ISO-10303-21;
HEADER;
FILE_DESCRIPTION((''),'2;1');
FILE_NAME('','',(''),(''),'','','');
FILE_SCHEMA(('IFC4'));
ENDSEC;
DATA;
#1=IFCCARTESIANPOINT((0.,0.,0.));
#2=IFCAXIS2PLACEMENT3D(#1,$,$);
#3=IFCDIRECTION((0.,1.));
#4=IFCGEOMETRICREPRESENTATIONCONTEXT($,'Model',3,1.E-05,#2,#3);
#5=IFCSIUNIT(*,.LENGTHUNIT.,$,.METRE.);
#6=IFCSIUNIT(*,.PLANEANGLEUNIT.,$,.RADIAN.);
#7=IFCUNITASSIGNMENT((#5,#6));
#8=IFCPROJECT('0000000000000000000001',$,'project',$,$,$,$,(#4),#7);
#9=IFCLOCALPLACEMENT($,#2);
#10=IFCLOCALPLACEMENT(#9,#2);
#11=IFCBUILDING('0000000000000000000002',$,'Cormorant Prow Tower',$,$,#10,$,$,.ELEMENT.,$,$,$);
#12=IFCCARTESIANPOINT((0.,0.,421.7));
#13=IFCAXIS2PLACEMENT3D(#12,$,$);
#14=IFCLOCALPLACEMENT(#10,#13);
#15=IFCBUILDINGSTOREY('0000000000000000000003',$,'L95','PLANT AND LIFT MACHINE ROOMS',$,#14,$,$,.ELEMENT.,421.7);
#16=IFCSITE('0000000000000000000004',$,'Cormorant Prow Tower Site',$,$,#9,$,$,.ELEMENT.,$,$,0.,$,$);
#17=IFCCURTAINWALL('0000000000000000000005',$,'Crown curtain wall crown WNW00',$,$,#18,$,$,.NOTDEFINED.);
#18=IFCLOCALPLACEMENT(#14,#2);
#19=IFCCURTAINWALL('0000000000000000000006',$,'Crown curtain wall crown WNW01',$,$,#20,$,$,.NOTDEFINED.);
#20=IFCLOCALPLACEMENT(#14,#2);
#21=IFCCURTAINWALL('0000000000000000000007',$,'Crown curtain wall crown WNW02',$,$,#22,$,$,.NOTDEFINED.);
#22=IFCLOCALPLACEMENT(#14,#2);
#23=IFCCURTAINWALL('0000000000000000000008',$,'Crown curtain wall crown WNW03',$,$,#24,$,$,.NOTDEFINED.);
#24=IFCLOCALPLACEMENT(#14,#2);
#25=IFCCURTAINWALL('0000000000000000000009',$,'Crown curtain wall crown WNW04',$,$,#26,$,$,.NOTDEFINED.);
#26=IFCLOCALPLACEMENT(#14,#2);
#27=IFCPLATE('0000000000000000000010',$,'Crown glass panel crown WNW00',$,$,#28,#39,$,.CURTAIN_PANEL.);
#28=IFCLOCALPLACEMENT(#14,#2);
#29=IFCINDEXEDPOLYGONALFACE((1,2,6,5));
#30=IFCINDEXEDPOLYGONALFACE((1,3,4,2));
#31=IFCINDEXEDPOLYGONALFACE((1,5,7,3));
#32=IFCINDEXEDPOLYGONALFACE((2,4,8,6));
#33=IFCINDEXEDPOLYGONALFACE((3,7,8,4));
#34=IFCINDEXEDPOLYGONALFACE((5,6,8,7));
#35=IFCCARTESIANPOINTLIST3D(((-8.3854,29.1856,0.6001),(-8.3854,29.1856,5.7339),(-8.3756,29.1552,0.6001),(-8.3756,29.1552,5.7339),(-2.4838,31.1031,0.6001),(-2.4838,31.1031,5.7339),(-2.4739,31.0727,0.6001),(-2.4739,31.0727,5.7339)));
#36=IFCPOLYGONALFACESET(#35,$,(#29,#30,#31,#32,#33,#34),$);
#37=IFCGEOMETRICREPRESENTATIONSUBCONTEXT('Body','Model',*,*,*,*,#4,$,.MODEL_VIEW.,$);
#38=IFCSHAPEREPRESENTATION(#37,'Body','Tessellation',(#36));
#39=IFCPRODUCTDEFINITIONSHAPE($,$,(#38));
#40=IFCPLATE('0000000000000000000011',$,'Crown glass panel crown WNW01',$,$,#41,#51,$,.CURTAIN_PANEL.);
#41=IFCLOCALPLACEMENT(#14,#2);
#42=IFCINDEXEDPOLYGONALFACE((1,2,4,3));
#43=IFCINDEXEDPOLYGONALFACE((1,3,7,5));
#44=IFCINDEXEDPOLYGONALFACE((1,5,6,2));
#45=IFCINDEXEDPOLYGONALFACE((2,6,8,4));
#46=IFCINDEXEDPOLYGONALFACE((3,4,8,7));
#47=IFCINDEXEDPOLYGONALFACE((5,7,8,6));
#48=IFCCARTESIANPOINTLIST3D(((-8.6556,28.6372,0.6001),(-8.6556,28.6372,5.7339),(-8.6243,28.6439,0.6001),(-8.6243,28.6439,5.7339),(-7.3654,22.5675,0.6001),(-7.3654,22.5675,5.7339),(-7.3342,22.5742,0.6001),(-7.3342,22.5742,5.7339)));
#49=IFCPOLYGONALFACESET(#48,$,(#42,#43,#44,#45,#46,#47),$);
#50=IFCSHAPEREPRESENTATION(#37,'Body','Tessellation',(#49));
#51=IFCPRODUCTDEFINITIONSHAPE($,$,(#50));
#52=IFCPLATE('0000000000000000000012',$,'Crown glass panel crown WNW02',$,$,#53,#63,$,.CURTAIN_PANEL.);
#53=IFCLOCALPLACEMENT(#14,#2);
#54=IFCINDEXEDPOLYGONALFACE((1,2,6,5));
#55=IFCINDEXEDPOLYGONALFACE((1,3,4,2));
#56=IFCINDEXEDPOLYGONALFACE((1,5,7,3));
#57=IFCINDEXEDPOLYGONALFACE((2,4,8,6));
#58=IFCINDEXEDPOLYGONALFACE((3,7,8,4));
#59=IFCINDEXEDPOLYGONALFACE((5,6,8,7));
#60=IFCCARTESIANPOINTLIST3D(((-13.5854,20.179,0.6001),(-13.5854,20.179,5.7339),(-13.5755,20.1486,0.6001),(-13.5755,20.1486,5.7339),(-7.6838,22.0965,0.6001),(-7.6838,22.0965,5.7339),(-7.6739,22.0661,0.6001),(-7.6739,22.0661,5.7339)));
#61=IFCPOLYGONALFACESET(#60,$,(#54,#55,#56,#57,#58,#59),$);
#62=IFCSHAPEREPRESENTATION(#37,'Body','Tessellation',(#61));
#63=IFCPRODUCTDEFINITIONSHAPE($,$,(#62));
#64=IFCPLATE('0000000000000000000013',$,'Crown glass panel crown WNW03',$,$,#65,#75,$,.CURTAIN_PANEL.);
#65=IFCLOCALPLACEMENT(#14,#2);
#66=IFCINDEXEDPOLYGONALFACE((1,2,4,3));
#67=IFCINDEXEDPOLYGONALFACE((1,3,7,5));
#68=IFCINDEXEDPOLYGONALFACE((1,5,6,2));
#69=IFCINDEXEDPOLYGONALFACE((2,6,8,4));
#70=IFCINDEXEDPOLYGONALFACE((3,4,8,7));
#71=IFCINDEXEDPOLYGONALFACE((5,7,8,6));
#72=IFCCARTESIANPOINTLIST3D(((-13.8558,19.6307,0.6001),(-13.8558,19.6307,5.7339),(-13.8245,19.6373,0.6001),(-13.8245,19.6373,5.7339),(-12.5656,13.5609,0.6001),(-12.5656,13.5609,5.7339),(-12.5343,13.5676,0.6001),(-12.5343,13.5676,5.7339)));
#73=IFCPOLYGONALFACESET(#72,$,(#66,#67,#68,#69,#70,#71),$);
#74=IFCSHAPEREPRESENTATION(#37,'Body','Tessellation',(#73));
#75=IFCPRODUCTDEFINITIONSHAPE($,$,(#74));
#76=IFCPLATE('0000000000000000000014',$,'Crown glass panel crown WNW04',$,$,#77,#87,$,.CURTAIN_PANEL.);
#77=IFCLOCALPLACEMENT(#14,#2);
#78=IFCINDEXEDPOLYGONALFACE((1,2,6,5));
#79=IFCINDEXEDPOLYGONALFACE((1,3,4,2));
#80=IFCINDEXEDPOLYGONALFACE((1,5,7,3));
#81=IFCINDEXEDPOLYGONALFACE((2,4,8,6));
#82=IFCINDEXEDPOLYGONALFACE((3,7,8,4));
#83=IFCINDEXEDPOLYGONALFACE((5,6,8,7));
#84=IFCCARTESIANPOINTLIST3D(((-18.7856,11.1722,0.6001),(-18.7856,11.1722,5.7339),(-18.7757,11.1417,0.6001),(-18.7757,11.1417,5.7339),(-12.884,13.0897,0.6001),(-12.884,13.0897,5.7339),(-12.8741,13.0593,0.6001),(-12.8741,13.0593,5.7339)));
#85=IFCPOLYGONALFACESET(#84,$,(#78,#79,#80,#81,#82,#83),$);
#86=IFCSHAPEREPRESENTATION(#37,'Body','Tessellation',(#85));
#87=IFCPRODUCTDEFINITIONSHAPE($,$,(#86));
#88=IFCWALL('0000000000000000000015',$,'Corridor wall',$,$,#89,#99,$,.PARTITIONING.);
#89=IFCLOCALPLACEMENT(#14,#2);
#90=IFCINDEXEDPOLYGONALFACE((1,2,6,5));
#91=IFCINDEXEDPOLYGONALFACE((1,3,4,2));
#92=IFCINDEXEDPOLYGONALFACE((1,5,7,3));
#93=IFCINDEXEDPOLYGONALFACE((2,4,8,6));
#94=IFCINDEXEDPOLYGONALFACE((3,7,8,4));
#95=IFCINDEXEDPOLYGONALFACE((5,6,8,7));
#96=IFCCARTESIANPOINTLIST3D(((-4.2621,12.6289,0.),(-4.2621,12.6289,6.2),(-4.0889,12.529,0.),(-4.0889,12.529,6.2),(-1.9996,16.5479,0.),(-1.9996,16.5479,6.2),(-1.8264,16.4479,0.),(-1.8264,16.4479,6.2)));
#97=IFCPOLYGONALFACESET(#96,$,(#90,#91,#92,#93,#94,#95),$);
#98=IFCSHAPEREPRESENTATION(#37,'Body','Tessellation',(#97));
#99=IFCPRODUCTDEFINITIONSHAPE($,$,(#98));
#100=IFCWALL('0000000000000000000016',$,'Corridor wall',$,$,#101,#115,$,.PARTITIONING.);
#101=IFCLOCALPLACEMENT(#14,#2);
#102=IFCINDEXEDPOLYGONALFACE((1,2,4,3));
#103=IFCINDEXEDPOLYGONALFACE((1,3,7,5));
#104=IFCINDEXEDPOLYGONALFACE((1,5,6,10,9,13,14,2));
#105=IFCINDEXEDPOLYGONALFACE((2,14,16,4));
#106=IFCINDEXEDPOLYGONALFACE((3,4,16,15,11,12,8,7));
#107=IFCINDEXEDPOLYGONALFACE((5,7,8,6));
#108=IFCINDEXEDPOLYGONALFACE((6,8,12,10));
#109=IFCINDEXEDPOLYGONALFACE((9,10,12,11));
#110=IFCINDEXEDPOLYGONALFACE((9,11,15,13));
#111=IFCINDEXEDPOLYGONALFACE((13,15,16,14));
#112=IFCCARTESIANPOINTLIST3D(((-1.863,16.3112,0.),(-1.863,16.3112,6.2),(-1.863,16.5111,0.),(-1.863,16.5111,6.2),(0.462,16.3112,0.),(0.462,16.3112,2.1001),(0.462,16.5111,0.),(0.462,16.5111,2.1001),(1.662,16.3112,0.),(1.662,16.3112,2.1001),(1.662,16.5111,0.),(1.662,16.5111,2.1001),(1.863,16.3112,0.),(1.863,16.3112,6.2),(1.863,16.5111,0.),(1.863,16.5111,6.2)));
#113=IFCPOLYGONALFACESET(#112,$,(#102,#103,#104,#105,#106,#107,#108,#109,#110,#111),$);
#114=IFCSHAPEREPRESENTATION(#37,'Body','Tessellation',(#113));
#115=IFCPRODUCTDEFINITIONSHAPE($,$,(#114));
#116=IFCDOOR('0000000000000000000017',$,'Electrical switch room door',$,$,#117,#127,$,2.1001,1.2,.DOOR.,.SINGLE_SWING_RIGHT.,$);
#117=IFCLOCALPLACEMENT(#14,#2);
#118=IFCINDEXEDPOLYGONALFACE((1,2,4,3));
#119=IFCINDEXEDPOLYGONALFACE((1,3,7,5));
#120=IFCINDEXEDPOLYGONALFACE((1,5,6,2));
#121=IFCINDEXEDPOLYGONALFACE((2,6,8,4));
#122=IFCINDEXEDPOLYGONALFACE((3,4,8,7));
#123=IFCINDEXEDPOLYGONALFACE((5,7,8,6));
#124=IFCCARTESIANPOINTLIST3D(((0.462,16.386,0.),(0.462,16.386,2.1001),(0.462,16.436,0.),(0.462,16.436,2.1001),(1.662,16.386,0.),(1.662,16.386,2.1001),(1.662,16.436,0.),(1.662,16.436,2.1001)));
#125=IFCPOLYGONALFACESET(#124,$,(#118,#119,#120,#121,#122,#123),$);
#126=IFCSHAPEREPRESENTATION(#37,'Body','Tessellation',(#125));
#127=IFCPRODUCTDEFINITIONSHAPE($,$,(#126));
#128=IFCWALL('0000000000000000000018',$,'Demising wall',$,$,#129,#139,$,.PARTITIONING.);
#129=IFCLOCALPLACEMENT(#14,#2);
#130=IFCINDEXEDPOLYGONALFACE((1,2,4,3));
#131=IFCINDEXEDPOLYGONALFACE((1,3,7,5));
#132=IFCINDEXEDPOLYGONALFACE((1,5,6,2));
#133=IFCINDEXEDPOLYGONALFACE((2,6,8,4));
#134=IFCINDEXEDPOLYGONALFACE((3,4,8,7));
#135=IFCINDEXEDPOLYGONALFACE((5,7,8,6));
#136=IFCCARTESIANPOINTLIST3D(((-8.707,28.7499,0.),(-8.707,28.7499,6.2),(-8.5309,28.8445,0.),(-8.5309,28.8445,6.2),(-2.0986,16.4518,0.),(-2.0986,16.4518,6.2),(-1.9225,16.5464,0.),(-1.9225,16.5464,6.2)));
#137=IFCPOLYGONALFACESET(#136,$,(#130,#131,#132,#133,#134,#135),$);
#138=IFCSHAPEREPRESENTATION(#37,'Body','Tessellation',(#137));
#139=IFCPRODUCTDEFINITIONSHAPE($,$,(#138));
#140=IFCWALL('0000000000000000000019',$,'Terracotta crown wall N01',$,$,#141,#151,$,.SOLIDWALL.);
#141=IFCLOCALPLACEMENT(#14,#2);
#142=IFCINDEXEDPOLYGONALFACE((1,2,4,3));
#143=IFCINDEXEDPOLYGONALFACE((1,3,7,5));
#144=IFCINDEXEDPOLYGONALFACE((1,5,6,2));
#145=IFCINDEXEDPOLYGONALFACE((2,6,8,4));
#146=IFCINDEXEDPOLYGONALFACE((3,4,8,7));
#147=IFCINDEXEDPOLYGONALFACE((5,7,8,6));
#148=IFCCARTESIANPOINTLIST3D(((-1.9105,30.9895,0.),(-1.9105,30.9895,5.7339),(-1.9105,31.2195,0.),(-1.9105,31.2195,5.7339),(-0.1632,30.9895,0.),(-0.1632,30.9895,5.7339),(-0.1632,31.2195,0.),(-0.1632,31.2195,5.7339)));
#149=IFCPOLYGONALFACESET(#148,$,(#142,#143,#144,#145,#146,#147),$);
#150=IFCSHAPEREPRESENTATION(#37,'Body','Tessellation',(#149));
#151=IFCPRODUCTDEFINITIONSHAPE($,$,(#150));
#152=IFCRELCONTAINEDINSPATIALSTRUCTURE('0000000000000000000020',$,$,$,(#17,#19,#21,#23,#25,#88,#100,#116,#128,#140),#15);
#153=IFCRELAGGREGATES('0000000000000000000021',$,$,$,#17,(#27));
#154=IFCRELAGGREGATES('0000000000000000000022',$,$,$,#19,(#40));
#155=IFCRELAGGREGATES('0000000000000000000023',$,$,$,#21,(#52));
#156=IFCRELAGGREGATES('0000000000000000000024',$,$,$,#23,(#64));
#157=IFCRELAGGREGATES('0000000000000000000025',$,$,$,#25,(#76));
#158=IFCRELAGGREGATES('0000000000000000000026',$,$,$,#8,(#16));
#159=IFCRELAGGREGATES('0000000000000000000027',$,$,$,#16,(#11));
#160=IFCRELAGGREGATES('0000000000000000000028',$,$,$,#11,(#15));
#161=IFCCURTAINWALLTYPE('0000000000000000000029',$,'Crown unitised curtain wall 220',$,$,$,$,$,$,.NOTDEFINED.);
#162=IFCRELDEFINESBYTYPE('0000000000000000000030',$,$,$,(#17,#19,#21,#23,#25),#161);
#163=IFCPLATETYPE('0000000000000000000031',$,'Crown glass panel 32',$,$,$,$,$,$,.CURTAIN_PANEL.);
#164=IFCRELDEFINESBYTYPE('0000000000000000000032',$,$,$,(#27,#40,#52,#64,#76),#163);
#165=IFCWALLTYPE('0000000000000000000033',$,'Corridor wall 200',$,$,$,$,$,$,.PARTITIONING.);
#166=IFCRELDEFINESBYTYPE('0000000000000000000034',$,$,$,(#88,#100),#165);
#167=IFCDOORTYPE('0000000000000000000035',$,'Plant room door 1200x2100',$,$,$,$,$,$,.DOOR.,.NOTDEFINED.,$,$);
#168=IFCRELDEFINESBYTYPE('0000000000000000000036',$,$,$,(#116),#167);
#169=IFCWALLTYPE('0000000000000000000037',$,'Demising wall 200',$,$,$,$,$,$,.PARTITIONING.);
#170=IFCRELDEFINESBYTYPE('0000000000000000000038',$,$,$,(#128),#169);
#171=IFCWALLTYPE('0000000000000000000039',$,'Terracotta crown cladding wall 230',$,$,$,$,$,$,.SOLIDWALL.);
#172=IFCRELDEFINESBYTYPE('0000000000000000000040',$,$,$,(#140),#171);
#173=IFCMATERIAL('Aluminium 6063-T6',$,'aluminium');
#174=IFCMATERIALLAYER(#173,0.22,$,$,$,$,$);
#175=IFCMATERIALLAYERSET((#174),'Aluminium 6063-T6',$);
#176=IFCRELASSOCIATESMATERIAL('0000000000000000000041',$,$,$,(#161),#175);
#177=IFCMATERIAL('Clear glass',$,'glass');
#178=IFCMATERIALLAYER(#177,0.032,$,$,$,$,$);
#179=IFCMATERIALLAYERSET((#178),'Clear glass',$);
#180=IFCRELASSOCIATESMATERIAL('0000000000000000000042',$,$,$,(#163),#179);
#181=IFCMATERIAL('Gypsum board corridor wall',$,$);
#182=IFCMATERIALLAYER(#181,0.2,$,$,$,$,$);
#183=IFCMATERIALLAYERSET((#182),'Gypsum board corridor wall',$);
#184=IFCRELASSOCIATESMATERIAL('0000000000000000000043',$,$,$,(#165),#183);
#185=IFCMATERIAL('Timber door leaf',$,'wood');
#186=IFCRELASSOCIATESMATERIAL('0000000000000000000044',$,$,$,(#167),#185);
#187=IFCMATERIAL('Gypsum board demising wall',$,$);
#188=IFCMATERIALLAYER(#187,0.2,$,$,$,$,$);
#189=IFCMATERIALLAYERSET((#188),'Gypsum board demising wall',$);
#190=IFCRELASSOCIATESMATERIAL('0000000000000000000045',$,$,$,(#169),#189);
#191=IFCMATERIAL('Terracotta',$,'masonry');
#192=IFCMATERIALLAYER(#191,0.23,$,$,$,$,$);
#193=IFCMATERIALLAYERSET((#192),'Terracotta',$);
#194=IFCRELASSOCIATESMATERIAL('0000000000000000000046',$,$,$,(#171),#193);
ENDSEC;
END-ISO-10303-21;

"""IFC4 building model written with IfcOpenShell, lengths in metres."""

from ifc_helpers import new_model, si_unit, direction, frame, frame_2d, origin, origin_2d, place, context, subcontext, project, spatial, rectangle, extrude, material, layer, layer_set, type_object, element, fill, aggregate, save


model = new_model("IFC4")

# Units and contexts
model_context = context("Model", 3, precision=1e-05, world=origin(), true_north=direction((0.0, 1.0)))
body_context = subcontext(model_context, "Body", "Model", "MODEL_VIEW")
ifc_project = project(units=[si_unit("LENGTHUNIT", "METRE"), si_unit("PLANEANGLEUNIT", "RADIAN")], contexts=[model_context])

# Site, building, storey
site_placement = place(None, origin())
site = spatial("IfcSite", under=ifc_project, at=site_placement, Name="Cormorant Prow Tower Site", CompositionType="ELEMENT", RefElevation=0.0)
building_placement = place(site_placement, origin())
building = spatial("IfcBuilding", under=site, at=building_placement, Name="Cormorant Prow Tower", CompositionType="ELEMENT")
storey_placement = place(building_placement, frame((0.0, 0.0, 421.7)))
storey = spatial("IfcBuildingStorey", under=building, at=storey_placement, Name="L95", Description="PLANT AND LIFT MACHINE ROOMS", CompositionType="ELEMENT", Elevation=421.7)

# Curtain walls
ifc_material_1 = material(Name="Aluminium 6063-T6", Category="aluminium")
ifc_layer_1 = layer(ifc_material_1, 0.22)
ifc_layer_set_1 = layer_set([ifc_layer_1], Name="Aluminium 6063-T6")
curtain_wall_type = type_object("IfcCurtainWallType", Name="Crown unitised curtain wall 220", PredefinedType="NOTDEFINED", material=ifc_layer_set_1)
curtain_wall_1_placement = place(storey_placement, origin())
curtain_wall_1 = element("IfcCurtainWall", 1, at=curtain_wall_1_placement, inside=storey, type_object=curtain_wall_type, Name="Crown curtain wall crown WNW00", PredefinedType="NOTDEFINED")
curtain_wall_2_placement = place(storey_placement, origin())
curtain_wall_2 = element("IfcCurtainWall", 2, at=curtain_wall_2_placement, inside=storey, type_object=curtain_wall_type, Name="Crown curtain wall crown WNW01", PredefinedType="NOTDEFINED")
curtain_wall_3_placement = place(storey_placement, origin())
curtain_wall_3 = element("IfcCurtainWall", 3, at=curtain_wall_3_placement, inside=storey, type_object=curtain_wall_type, Name="Crown curtain wall crown WNW02", PredefinedType="NOTDEFINED")
curtain_wall_4_placement = place(storey_placement, origin())
curtain_wall_4 = element("IfcCurtainWall", 4, at=curtain_wall_4_placement, inside=storey, type_object=curtain_wall_type, Name="Crown curtain wall crown WNW03", PredefinedType="NOTDEFINED")
curtain_wall_5_placement = place(storey_placement, origin())
curtain_wall_5 = element("IfcCurtainWall", 5, at=curtain_wall_5_placement, inside=storey, type_object=curtain_wall_type, Name="Crown curtain wall crown WNW04", PredefinedType="NOTDEFINED")

# Plates
ifc_material_2 = material(Name="Clear glass", Category="glass")
ifc_layer_2 = layer(ifc_material_2, 0.032)
ifc_layer_set_2 = layer_set([ifc_layer_2], Name="Clear glass")
plate_type = type_object("IfcPlateType", Name="Crown glass panel 32", PredefinedType="CURTAIN_PANEL", material=ifc_layer_set_2)
plate_1_placement = place(storey_placement, frame((-5.4297, 30.1292, 0.6001), z_axis=(0.0, 0.0, 1.0), x_axis=(-0.951056, -0.309017, 0.0)))
plate_1 = element("IfcPlate", 6, at=plate_1_placement, type_object=plate_type, Name="Crown glass panel crown WNW00", PredefinedType="CURTAIN_PANEL", context=body_context, shape_type="SweptSolid", body=[
    extrude(rectangle(XDim=6.2053, YDim=0.032, at=origin_2d()), origin(), (0.0, 0.0, 1.0), 5.1338),
])
aggregate(curtain_wall_1, [plate_1])
plate_2_placement = place(storey_placement, frame((-7.9949, 25.6057, 0.6001), z_axis=(0.0, 0.0, 1.0), x_axis=(0.207912, -0.978148, 0.0)))
plate_2 = element("IfcPlate", 7, at=plate_2_placement, type_object=plate_type, Name="Crown glass panel crown WNW01", PredefinedType="CURTAIN_PANEL", context=body_context, shape_type="SweptSolid", body=[
    extrude(rectangle(XDim=6.2053, YDim=0.032, at=origin_2d()), origin(), (0.0, 0.0, 1.0), 5.1338),
])
aggregate(curtain_wall_2, [plate_2])
plate_3_placement = place(storey_placement, frame((-10.6296, 21.1226, 0.6001), z_axis=(0.0, 0.0, 1.0), x_axis=(-0.951057, -0.309017, 0.0)))
plate_3 = element("IfcPlate", 8, at=plate_3_placement, type_object=plate_type, Name="Crown glass panel crown WNW02", PredefinedType="CURTAIN_PANEL", context=body_context, shape_type="SweptSolid", body=[
    extrude(rectangle(XDim=6.2053, YDim=0.032, at=origin_2d()), origin(), (0.0, 0.0, 1.0), 5.1338),
])
aggregate(curtain_wall_3, [plate_3])
plate_4_placement = place(storey_placement, frame((-13.1951, 16.5991, 0.6001), z_axis=(0.0, 0.0, 1.0), x_axis=(0.207912, -0.978148, 0.0)))
plate_4 = element("IfcPlate", 9, at=plate_4_placement, type_object=plate_type, Name="Crown glass panel crown WNW03", PredefinedType="CURTAIN_PANEL", context=body_context, shape_type="SweptSolid", body=[
    extrude(rectangle(XDim=6.2053, YDim=0.032, at=origin_2d()), origin(), (0.0, 0.0, 1.0), 5.1338),
])
aggregate(curtain_wall_4, [plate_4])
plate_5_placement = place(storey_placement, frame((-15.8298, 12.1157, 0.6001), z_axis=(0.0, 0.0, 1.0), x_axis=(-0.951056, -0.309017, 0.0)))
plate_5 = element("IfcPlate", 10, at=plate_5_placement, type_object=plate_type, Name="Crown glass panel crown WNW04", PredefinedType="CURTAIN_PANEL", context=body_context, shape_type="SweptSolid", body=[
    extrude(rectangle(XDim=6.2053, YDim=0.032, at=origin_2d()), origin(), (0.0, 0.0, 1.0), 5.1338),
])
aggregate(curtain_wall_5, [plate_5])

# Wall
ifc_material_3 = material(Name="Gypsum board corridor wall")
ifc_layer_3 = layer(ifc_material_3, 0.2)
ifc_layer_set_3 = layer_set([ifc_layer_3], Name="Gypsum board corridor wall")
wall_type_1 = type_object("IfcWallType", Name="Corridor wall 200", PredefinedType="PARTITIONING", material=ifc_layer_set_3)
wall_1_placement = place(storey_placement, frame((-4.1755, 12.5789, 0.0), z_axis=(0.0, 0.0, 1.0), x_axis=(0.499975, 0.86604, 0.0)))
element("IfcWall", 11, at=wall_1_placement, inside=storey, type_object=wall_type_1, Name="Corridor wall", PredefinedType="PARTITIONING", context=body_context, shape_type="SweptSolid", body=[
    extrude(rectangle(XDim=4.5251, YDim=0.2, at=frame_2d((2.2627, 0.0))), origin(), (0.0, 0.0, 1.0), 6.2),
])

# Wall, opening, door
wall_2_placement = place(storey_placement, frame((-1.863, 16.4111, 0.0), z_axis=(0.0, 0.0, 1.0), x_axis=(1.0, 0.0, 0.0)))
wall_2 = element("IfcWall", 12, at=wall_2_placement, inside=storey, type_object=wall_type_1, Name="Corridor wall", PredefinedType="PARTITIONING", context=body_context, shape_type="SweptSolid", body=[
    extrude(rectangle(XDim=3.7261, YDim=0.2, at=frame_2d((1.863, 0.0))), origin(), (0.0, 0.0, 1.0), 6.2),
])
opening_placement = place(wall_2_placement, frame((2.325, 0.0, 0.0)))
opening = element("IfcOpeningElement", 13, at=opening_placement, cuts=wall_2, PredefinedType="OPENING", context=body_context, shape_type="SweptSolid", body=[
    extrude(rectangle(XDim=1.2, YDim=2.1001, at=frame_2d((0.6001, 1.05))), frame((0.0, 0.1099, 0.0), z_axis=(0.0, -1.0, 0.0), x_axis=(1.0, 0.0, 0.0)), (0.0, 0.0, 1.0), 0.22),
])
ifc_material_4 = material(Name="Timber door leaf", Category="wood")
door_type = type_object("IfcDoorType", Name="Plant room door 1200x2100", OperationType="NOTDEFINED", PredefinedType="DOOR", material=ifc_material_4)
door_placement = place(opening_placement, origin())
door = element("IfcDoor", 14, at=door_placement, inside=storey, type_object=door_type, Name="Electrical switch room door", OperationType="SINGLE_SWING_RIGHT", OverallHeight=2.1001, OverallWidth=1.2, PredefinedType="DOOR", context=body_context, shape_type="SweptSolid", body=[
    extrude(rectangle(XDim=1.2, YDim=2.1001, at=frame_2d((0.6001, 1.05))), frame((0.0, 0.0249, 0.0), z_axis=(0.0, -1.0, 0.0), x_axis=(1.0, 0.0, 0.0)), (0.0, 0.0, 1.0), 0.05),
])
fill(opening, door)

# Walls
ifc_material_5 = material(Name="Gypsum board demising wall")
ifc_layer_4 = layer(ifc_material_5, 0.2)
ifc_layer_set_4 = layer_set([ifc_layer_4], Name="Gypsum board demising wall")
wall_type_2 = type_object("IfcWallType", Name="Demising wall 200", PredefinedType="PARTITIONING", material=ifc_layer_set_4)
wall_3_placement = place(storey_placement, frame((-8.6189, 28.7971, 0.0), z_axis=(0.0, 0.0, 1.0), x_axis=(0.473342, -0.880879, 0.0)))
element("IfcWall", 15, at=wall_3_placement, inside=storey, type_object=wall_type_2, Name="Demising wall", PredefinedType="PARTITIONING", context=body_context, shape_type="SweptSolid", body=[
    extrude(rectangle(XDim=13.9612, YDim=0.2, at=frame_2d((6.9805, 0.0))), origin(), (0.0, 0.0, 1.0), 6.2),
])
ifc_material_6 = material(Name="Terracotta", Category="masonry")
ifc_layer_5 = layer(ifc_material_6, 0.23)
ifc_layer_set_5 = layer_set([ifc_layer_5], Name="Terracotta")
wall_type_3 = type_object("IfcWallType", Name="Terracotta crown cladding wall 230", PredefinedType="SOLIDWALL", material=ifc_layer_set_5)
wall_4_placement = place(storey_placement, frame((-0.1633, 31.1045, 0.0), z_axis=(0.0, 0.0, 1.0), x_axis=(-1.0, 0.0, 0.0)))
element("IfcWall", 16, at=wall_4_placement, inside=storey, type_object=wall_type_3, Name="Terracotta crown wall N01", PredefinedType="SOLIDWALL", context=body_context, shape_type="SweptSolid", body=[
    extrude(rectangle(XDim=1.7473, YDim=0.23, at=frame_2d((0.8735, 0.0))), origin(), (0.0, 0.0, 1.0), 5.7339),
])

save(model, "model.ifc")
